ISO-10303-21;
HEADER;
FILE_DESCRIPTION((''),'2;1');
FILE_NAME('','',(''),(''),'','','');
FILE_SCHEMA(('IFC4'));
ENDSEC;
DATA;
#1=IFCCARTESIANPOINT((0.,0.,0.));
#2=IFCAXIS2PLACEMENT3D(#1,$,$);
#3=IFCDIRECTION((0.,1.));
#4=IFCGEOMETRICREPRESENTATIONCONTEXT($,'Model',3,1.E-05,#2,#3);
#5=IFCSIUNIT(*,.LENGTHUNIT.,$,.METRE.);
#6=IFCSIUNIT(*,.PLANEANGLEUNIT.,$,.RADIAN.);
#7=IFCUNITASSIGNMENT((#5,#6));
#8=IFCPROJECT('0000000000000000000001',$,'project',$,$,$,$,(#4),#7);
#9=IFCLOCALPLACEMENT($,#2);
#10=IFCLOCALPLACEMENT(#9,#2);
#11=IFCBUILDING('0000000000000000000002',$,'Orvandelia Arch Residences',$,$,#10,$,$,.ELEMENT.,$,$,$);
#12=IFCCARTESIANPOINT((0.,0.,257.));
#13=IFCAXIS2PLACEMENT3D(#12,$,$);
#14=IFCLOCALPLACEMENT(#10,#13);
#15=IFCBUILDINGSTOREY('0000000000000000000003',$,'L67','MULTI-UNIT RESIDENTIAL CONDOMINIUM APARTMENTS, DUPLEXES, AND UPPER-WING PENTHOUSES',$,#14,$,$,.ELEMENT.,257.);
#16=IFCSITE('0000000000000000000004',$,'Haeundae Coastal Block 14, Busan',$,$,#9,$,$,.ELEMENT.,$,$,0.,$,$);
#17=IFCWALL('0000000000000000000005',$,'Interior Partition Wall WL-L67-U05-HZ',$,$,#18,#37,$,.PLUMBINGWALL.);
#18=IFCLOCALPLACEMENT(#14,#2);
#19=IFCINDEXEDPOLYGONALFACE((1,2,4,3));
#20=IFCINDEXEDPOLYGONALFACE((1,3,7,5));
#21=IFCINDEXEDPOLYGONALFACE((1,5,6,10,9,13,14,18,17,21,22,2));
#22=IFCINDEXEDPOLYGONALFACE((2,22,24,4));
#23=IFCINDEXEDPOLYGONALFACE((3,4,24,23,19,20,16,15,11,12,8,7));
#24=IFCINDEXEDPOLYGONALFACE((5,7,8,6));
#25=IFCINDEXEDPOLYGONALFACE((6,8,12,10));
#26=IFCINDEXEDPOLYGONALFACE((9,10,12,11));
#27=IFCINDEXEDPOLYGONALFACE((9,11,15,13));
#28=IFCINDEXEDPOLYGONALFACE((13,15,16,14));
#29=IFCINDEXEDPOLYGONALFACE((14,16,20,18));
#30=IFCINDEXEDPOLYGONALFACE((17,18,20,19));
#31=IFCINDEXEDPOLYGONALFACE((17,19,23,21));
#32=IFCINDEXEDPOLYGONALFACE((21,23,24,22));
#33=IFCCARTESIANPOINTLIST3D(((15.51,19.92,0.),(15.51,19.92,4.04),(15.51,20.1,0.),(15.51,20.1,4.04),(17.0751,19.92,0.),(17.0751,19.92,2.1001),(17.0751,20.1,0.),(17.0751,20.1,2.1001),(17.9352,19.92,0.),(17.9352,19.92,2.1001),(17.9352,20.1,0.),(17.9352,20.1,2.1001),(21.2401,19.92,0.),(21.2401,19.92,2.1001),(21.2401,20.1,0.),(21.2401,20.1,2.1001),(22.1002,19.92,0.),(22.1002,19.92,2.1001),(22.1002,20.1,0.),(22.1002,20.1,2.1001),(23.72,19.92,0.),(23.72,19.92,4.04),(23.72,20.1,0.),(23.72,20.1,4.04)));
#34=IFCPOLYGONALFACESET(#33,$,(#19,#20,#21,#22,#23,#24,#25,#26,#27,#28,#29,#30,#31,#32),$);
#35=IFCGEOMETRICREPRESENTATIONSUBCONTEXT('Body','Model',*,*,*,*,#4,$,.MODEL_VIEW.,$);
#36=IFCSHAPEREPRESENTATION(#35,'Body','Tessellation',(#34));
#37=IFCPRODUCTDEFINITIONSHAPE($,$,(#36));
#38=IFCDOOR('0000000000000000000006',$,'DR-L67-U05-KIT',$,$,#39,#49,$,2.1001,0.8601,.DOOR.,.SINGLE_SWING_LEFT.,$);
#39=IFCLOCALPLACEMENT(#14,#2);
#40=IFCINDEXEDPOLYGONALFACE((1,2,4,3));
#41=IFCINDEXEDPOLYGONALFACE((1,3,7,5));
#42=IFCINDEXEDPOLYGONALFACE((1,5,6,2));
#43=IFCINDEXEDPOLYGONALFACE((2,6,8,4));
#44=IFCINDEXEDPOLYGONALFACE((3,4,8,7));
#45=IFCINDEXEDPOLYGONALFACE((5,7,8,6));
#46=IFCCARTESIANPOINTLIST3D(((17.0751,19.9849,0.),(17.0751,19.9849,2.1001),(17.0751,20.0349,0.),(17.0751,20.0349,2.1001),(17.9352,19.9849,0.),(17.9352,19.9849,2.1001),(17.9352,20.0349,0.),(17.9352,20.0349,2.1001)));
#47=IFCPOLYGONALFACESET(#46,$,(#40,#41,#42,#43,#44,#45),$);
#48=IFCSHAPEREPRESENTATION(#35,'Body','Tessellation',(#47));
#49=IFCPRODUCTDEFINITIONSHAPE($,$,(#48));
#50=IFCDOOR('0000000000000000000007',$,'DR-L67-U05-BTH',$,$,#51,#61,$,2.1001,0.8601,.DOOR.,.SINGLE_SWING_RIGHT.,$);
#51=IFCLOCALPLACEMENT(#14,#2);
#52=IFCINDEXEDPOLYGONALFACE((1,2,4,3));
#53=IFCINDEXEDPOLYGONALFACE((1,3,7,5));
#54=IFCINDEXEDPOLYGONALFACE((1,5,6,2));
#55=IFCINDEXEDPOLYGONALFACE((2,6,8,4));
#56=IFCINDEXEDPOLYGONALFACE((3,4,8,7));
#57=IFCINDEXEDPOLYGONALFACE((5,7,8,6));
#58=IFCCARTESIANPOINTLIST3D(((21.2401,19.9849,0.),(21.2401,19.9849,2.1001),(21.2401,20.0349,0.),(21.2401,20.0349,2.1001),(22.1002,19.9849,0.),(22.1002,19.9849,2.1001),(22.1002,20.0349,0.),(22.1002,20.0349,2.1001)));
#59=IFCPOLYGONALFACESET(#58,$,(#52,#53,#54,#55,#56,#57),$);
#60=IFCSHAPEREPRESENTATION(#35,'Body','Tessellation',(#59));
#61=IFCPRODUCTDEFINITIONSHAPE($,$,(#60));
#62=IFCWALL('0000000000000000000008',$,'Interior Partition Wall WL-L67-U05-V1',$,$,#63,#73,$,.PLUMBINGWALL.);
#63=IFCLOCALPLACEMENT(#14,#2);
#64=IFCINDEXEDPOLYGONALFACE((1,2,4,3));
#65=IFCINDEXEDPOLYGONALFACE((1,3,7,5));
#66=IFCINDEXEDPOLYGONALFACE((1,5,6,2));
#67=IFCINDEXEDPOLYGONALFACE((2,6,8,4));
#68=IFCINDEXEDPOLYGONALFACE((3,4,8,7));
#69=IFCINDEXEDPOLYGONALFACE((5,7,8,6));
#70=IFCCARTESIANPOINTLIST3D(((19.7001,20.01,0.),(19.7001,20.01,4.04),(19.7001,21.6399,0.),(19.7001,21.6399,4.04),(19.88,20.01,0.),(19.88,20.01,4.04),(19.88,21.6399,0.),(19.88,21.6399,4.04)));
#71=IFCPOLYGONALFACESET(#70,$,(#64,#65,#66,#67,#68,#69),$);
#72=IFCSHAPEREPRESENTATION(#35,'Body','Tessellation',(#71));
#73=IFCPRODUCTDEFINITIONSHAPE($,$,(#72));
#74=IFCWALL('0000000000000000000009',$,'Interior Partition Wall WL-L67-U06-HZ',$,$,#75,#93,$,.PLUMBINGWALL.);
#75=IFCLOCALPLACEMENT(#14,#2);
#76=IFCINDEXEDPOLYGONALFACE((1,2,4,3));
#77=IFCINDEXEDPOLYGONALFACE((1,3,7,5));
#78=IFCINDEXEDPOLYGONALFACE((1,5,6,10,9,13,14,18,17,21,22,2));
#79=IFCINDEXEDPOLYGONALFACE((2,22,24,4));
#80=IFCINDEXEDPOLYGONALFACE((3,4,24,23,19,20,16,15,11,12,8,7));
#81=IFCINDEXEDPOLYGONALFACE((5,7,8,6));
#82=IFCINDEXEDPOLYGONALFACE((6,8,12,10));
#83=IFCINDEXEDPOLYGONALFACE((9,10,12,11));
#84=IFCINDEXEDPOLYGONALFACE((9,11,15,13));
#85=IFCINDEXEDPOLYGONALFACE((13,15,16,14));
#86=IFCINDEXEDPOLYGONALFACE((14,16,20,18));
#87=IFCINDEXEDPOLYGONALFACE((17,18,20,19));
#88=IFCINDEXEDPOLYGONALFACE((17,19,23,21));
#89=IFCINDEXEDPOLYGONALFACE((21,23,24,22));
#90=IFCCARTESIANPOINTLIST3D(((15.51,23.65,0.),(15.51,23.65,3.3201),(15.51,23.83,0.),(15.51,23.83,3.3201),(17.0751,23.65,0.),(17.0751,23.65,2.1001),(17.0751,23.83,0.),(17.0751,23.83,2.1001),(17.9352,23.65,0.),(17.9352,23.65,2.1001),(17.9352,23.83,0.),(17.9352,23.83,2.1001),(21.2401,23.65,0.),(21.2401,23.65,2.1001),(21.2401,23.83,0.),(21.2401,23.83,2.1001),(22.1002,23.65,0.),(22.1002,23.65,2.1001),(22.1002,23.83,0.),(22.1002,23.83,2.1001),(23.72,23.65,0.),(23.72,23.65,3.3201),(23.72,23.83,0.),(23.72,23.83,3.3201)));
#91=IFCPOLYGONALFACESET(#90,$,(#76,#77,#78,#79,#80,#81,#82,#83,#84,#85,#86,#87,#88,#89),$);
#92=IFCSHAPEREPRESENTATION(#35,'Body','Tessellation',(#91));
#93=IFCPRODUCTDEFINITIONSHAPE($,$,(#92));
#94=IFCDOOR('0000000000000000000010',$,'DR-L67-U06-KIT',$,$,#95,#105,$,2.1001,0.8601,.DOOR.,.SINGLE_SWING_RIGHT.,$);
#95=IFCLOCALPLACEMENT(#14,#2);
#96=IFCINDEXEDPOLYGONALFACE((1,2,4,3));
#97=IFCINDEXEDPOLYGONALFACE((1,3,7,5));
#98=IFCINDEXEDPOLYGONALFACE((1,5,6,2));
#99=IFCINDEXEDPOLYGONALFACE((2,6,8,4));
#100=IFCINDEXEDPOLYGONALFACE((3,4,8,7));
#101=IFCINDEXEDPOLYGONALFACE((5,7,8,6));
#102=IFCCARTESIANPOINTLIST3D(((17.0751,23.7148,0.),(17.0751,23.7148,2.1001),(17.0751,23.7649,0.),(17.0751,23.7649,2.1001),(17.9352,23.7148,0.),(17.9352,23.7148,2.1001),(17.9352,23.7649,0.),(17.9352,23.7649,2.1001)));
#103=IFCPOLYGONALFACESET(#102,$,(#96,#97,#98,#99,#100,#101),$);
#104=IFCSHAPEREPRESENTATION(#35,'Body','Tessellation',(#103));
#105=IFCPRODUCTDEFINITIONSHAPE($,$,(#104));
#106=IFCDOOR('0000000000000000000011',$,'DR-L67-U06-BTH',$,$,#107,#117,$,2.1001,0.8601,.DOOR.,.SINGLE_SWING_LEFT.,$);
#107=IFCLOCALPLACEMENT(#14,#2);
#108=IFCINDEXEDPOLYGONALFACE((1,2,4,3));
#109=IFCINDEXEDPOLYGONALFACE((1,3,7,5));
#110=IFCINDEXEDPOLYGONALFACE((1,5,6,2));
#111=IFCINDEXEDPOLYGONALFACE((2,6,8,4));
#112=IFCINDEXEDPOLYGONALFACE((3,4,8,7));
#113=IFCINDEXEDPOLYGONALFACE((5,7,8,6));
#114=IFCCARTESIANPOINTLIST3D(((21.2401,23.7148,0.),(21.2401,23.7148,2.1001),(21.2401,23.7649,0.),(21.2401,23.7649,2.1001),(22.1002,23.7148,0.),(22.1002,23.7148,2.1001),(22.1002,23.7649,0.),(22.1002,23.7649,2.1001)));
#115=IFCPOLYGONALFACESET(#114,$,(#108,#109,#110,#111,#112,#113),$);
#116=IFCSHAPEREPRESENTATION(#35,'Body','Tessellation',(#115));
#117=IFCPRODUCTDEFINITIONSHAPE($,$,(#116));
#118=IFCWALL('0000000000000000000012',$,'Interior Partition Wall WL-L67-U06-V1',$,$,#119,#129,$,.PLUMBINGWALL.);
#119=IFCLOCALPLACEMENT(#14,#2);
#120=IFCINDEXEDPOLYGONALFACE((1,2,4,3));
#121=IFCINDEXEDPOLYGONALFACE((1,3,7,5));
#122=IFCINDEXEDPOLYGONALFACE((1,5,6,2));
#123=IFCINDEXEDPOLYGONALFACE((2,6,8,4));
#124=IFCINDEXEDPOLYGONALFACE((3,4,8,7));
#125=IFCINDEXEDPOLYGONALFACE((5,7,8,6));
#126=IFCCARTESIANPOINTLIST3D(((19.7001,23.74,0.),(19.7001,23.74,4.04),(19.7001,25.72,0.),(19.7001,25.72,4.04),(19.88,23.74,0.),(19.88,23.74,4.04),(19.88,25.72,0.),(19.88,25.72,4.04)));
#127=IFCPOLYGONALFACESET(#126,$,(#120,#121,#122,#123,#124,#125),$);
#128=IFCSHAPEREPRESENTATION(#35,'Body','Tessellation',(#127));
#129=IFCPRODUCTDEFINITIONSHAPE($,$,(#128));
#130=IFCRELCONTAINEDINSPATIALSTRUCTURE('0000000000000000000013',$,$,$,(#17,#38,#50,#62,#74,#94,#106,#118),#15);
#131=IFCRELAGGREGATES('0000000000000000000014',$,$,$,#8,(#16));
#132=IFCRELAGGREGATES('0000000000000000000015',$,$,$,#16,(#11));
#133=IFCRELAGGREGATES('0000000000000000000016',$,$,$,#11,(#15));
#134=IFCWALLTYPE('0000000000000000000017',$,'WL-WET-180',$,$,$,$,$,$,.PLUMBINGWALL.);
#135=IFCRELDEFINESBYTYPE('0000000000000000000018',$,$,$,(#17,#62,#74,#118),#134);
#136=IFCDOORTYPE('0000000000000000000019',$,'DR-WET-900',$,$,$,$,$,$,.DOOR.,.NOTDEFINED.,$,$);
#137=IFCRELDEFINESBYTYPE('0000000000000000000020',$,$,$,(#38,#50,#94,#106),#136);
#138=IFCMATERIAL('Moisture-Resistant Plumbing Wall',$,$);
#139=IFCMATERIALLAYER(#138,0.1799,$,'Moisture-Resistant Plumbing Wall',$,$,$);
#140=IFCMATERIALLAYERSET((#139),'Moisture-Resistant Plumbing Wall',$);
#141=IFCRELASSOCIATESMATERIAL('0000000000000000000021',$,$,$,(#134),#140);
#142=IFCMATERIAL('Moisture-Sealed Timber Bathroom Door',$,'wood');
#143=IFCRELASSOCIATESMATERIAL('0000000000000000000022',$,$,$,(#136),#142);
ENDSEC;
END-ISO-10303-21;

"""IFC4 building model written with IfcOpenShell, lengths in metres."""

from ifc_helpers import new_model, si_unit, direction, frame, frame_2d, origin, place, context, subcontext, project, spatial, rectangle, extrude, material, layer, layer_set, type_object, element, fill, save


model = new_model("IFC4")

# Units and contexts
model_context = context("Model", 3, precision=1e-05, world=origin(), true_north=direction((0.0, 1.0)))
body_context = subcontext(model_context, "Body", "Model", "MODEL_VIEW")
ifc_project = project(units=[si_unit("LENGTHUNIT", "METRE"), si_unit("PLANEANGLEUNIT", "RADIAN")], contexts=[model_context])

# Site, building, storey
site_placement = place(None, origin())
site = spatial("IfcSite", under=ifc_project, at=site_placement, Name="Haeundae Coastal Block 14, Busan", CompositionType="ELEMENT", RefElevation=0.0)
building_placement = place(site_placement, origin())
building = spatial("IfcBuilding", under=site, at=building_placement, Name="Orvandelia Arch Residences", CompositionType="ELEMENT")
storey_placement = place(building_placement, frame((0.0, 0.0, 257.0)))
storey = spatial("IfcBuildingStorey", under=building, at=storey_placement, Name="L67", Description="MULTI-UNIT RESIDENTIAL CONDOMINIUM APARTMENTS, DUPLEXES, AND UPPER-WING PENTHOUSES", CompositionType="ELEMENT", Elevation=257.0)

# Wall, openings, doors
ifc_material_1 = material(Name="Moisture-Resistant Plumbing Wall")
ifc_layer_1 = layer(ifc_material_1, 0.1799, Name="Moisture-Resistant Plumbing Wall")
ifc_layer_set_1 = layer_set([ifc_layer_1], Name="Moisture-Resistant Plumbing Wall")
wall_type_1 = type_object("IfcWallType", Name="WL-WET-180", PredefinedType="PLUMBINGWALL", material=ifc_layer_set_1)
wall_1_placement = place(storey_placement, frame((15.51, 20.01, 0.0), z_axis=(0.0, 0.0, 1.0), x_axis=(1.0, 0.0, 0.0)))
wall_1 = element("IfcWall", 1, at=wall_1_placement, inside=storey, type_object=wall_type_1, Name="Interior Partition Wall WL-L67-U05-HZ", PredefinedType="PLUMBINGWALL", context=body_context, shape_type="SweptSolid", body=[
    extrude(rectangle(XDim=8.21, YDim=0.1799, at=frame_2d((4.105, 0.0))), origin(), (0.0, 0.0, 1.0), 4.04),
])
opening_1_placement = place(wall_1_placement, frame((1.5649, 0.0, 0.0)))
opening_1 = element("IfcOpeningElement", 2, at=opening_1_placement, cuts=wall_1, PredefinedType="OPENING", context=body_context, shape_type="SweptSolid", body=[
    extrude(rectangle(XDim=0.8601, YDim=2.1001, at=frame_2d((0.4302, 1.05))), frame((0.0, 0.1001, 0.0), z_axis=(0.0, -1.0, 0.0), x_axis=(1.0, 0.0, 0.0)), (0.0, 0.0, 1.0), 0.2),
])
opening_2_placement = place(wall_1_placement, frame((5.73, 0.0, 0.0)))
opening_2 = element("IfcOpeningElement", 3, at=opening_2_placement, cuts=wall_1, PredefinedType="OPENING", context=body_context, shape_type="SweptSolid", body=[
    extrude(rectangle(XDim=0.8601, YDim=2.1001, at=frame_2d((0.4302, 1.05))), frame((0.0, 0.1001, 0.0), z_axis=(0.0, -1.0, 0.0), x_axis=(1.0, 0.0, 0.0)), (0.0, 0.0, 1.0), 0.2),
])
ifc_material_2 = material(Name="Moisture-Sealed Timber Bathroom Door", Category="wood")
door_type_1 = type_object("IfcDoorType", Name="DR-WET-900", OperationType="NOTDEFINED", PredefinedType="DOOR", material=ifc_material_2)
door_1_placement = place(opening_1_placement, origin())
door_1 = element("IfcDoor", 4, at=door_1_placement, inside=storey, type_object=door_type_1, Name="DR-L67-U05-KIT", OperationType="SINGLE_SWING_LEFT", OverallHeight=2.1001, OverallWidth=0.8601, PredefinedType="DOOR", context=body_context, shape_type="SweptSolid", body=[
    extrude(rectangle(XDim=0.8601, YDim=2.1001, at=frame_2d((0.4302, 1.05))), frame((0.0, 0.0249, 0.0), z_axis=(0.0, -1.0, 0.0), x_axis=(1.0, 0.0, 0.0)), (0.0, 0.0, 1.0), 0.05),
])
fill(opening_1, door_1)
door_2_placement = place(opening_2_placement, origin())
door_2 = element("IfcDoor", 5, at=door_2_placement, inside=storey, type_object=door_type_1, Name="DR-L67-U05-BTH", OperationType="SINGLE_SWING_RIGHT", OverallHeight=2.1001, OverallWidth=0.8601, PredefinedType="DOOR", context=body_context, shape_type="SweptSolid", body=[
    extrude(rectangle(XDim=0.8601, YDim=2.1001, at=frame_2d((0.4302, 1.05))), frame((0.0, 0.0249, 0.0), z_axis=(0.0, -1.0, 0.0), x_axis=(1.0, 0.0, 0.0)), (0.0, 0.0, 1.0), 0.05),
])
fill(opening_2, door_2)

# Wall
wall_2_placement = place(storey_placement, frame((19.79, 20.01, 0.0), z_axis=(0.0, 0.0, 1.0), x_axis=(0.0, 1.0, 0.0)))
element("IfcWall", 6, at=wall_2_placement, inside=storey, type_object=wall_type_1, Name="Interior Partition Wall WL-L67-U05-V1", PredefinedType="PLUMBINGWALL", context=body_context, shape_type="SweptSolid", body=[
    extrude(rectangle(XDim=1.6299, YDim=0.1799, at=frame_2d((0.8149, 0.0))), origin(), (0.0, 0.0, 1.0), 4.04),
])

# Wall, openings, doors
wall_3_placement = place(storey_placement, frame((15.51, 23.74, 0.0), z_axis=(0.0, 0.0, 1.0), x_axis=(1.0, 0.0, 0.0)))
wall_3 = element("IfcWall", 7, at=wall_3_placement, inside=storey, type_object=wall_type_1, Name="Interior Partition Wall WL-L67-U06-HZ", PredefinedType="PLUMBINGWALL", context=body_context, shape_type="SweptSolid", body=[
    extrude(rectangle(XDim=8.21, YDim=0.1799, at=frame_2d((4.105, 0.0))), origin(), (0.0, 0.0, 1.0), 3.3201),
])
opening_3_placement = place(wall_3_placement, frame((1.5649, 0.0, 0.0)))
opening_3 = element("IfcOpeningElement", 8, at=opening_3_placement, cuts=wall_3, PredefinedType="OPENING", context=body_context, shape_type="SweptSolid", body=[
    extrude(rectangle(XDim=0.8601, YDim=2.1001, at=frame_2d((0.4302, 1.05))), frame((0.0, 0.1001, 0.0), z_axis=(0.0, -1.0, 0.0), x_axis=(1.0, 0.0, 0.0)), (0.0, 0.0, 1.0), 0.2),
])
opening_4_placement = place(wall_3_placement, frame((5.73, 0.0, 0.0)))
opening_4 = element("IfcOpeningElement", 9, at=opening_4_placement, cuts=wall_3, PredefinedType="OPENING", context=body_context, shape_type="SweptSolid", body=[
    extrude(rectangle(XDim=0.8601, YDim=2.1001, at=frame_2d((0.4302, 1.05))), frame((0.0, 0.1001, 0.0), z_axis=(0.0, -1.0, 0.0), x_axis=(1.0, 0.0, 0.0)), (0.0, 0.0, 1.0), 0.2),
])
door_3_placement = place(opening_3_placement, origin())
door_3 = element("IfcDoor", 10, at=door_3_placement, inside=storey, type_object=door_type_1, Name="DR-L67-U06-KIT", OperationType="SINGLE_SWING_RIGHT", OverallHeight=2.1001, OverallWidth=0.8601, PredefinedType="DOOR", context=body_context, shape_type="SweptSolid", body=[
    extrude(rectangle(XDim=0.8601, YDim=2.1001, at=frame_2d((0.4302, 1.05))), frame((0.0, 0.0249, 0.0), z_axis=(0.0, -1.0, 0.0), x_axis=(1.0, 0.0, 0.0)), (0.0, 0.0, 1.0), 0.05),
])
fill(opening_3, door_3)
door_4_placement = place(opening_4_placement, origin())
door_4 = element("IfcDoor", 11, at=door_4_placement, inside=storey, type_object=door_type_1, Name="DR-L67-U06-BTH", OperationType="SINGLE_SWING_LEFT", OverallHeight=2.1001, OverallWidth=0.8601, PredefinedType="DOOR", context=body_context, shape_type="SweptSolid", body=[
    extrude(rectangle(XDim=0.8601, YDim=2.1001, at=frame_2d((0.4302, 1.05))), frame((0.0, 0.0249, 0.0), z_axis=(0.0, -1.0, 0.0), x_axis=(1.0, 0.0, 0.0)), (0.0, 0.0, 1.0), 0.05),
])
fill(opening_4, door_4)

# Wall
wall_4_placement = place(storey_placement, frame((19.79, 23.74, 0.0), z_axis=(0.0, 0.0, 1.0), x_axis=(0.0, 1.0, 0.0)))
element("IfcWall", 12, at=wall_4_placement, inside=storey, type_object=wall_type_1, Name="Interior Partition Wall WL-L67-U06-V1", PredefinedType="PLUMBINGWALL", context=body_context, shape_type="SweptSolid", body=[
    extrude(rectangle(XDim=1.98, YDim=0.1799, at=frame_2d((0.99, 0.0))), origin(), (0.0, 0.0, 1.0), 4.04),
])

save(model, "model.ifc")
